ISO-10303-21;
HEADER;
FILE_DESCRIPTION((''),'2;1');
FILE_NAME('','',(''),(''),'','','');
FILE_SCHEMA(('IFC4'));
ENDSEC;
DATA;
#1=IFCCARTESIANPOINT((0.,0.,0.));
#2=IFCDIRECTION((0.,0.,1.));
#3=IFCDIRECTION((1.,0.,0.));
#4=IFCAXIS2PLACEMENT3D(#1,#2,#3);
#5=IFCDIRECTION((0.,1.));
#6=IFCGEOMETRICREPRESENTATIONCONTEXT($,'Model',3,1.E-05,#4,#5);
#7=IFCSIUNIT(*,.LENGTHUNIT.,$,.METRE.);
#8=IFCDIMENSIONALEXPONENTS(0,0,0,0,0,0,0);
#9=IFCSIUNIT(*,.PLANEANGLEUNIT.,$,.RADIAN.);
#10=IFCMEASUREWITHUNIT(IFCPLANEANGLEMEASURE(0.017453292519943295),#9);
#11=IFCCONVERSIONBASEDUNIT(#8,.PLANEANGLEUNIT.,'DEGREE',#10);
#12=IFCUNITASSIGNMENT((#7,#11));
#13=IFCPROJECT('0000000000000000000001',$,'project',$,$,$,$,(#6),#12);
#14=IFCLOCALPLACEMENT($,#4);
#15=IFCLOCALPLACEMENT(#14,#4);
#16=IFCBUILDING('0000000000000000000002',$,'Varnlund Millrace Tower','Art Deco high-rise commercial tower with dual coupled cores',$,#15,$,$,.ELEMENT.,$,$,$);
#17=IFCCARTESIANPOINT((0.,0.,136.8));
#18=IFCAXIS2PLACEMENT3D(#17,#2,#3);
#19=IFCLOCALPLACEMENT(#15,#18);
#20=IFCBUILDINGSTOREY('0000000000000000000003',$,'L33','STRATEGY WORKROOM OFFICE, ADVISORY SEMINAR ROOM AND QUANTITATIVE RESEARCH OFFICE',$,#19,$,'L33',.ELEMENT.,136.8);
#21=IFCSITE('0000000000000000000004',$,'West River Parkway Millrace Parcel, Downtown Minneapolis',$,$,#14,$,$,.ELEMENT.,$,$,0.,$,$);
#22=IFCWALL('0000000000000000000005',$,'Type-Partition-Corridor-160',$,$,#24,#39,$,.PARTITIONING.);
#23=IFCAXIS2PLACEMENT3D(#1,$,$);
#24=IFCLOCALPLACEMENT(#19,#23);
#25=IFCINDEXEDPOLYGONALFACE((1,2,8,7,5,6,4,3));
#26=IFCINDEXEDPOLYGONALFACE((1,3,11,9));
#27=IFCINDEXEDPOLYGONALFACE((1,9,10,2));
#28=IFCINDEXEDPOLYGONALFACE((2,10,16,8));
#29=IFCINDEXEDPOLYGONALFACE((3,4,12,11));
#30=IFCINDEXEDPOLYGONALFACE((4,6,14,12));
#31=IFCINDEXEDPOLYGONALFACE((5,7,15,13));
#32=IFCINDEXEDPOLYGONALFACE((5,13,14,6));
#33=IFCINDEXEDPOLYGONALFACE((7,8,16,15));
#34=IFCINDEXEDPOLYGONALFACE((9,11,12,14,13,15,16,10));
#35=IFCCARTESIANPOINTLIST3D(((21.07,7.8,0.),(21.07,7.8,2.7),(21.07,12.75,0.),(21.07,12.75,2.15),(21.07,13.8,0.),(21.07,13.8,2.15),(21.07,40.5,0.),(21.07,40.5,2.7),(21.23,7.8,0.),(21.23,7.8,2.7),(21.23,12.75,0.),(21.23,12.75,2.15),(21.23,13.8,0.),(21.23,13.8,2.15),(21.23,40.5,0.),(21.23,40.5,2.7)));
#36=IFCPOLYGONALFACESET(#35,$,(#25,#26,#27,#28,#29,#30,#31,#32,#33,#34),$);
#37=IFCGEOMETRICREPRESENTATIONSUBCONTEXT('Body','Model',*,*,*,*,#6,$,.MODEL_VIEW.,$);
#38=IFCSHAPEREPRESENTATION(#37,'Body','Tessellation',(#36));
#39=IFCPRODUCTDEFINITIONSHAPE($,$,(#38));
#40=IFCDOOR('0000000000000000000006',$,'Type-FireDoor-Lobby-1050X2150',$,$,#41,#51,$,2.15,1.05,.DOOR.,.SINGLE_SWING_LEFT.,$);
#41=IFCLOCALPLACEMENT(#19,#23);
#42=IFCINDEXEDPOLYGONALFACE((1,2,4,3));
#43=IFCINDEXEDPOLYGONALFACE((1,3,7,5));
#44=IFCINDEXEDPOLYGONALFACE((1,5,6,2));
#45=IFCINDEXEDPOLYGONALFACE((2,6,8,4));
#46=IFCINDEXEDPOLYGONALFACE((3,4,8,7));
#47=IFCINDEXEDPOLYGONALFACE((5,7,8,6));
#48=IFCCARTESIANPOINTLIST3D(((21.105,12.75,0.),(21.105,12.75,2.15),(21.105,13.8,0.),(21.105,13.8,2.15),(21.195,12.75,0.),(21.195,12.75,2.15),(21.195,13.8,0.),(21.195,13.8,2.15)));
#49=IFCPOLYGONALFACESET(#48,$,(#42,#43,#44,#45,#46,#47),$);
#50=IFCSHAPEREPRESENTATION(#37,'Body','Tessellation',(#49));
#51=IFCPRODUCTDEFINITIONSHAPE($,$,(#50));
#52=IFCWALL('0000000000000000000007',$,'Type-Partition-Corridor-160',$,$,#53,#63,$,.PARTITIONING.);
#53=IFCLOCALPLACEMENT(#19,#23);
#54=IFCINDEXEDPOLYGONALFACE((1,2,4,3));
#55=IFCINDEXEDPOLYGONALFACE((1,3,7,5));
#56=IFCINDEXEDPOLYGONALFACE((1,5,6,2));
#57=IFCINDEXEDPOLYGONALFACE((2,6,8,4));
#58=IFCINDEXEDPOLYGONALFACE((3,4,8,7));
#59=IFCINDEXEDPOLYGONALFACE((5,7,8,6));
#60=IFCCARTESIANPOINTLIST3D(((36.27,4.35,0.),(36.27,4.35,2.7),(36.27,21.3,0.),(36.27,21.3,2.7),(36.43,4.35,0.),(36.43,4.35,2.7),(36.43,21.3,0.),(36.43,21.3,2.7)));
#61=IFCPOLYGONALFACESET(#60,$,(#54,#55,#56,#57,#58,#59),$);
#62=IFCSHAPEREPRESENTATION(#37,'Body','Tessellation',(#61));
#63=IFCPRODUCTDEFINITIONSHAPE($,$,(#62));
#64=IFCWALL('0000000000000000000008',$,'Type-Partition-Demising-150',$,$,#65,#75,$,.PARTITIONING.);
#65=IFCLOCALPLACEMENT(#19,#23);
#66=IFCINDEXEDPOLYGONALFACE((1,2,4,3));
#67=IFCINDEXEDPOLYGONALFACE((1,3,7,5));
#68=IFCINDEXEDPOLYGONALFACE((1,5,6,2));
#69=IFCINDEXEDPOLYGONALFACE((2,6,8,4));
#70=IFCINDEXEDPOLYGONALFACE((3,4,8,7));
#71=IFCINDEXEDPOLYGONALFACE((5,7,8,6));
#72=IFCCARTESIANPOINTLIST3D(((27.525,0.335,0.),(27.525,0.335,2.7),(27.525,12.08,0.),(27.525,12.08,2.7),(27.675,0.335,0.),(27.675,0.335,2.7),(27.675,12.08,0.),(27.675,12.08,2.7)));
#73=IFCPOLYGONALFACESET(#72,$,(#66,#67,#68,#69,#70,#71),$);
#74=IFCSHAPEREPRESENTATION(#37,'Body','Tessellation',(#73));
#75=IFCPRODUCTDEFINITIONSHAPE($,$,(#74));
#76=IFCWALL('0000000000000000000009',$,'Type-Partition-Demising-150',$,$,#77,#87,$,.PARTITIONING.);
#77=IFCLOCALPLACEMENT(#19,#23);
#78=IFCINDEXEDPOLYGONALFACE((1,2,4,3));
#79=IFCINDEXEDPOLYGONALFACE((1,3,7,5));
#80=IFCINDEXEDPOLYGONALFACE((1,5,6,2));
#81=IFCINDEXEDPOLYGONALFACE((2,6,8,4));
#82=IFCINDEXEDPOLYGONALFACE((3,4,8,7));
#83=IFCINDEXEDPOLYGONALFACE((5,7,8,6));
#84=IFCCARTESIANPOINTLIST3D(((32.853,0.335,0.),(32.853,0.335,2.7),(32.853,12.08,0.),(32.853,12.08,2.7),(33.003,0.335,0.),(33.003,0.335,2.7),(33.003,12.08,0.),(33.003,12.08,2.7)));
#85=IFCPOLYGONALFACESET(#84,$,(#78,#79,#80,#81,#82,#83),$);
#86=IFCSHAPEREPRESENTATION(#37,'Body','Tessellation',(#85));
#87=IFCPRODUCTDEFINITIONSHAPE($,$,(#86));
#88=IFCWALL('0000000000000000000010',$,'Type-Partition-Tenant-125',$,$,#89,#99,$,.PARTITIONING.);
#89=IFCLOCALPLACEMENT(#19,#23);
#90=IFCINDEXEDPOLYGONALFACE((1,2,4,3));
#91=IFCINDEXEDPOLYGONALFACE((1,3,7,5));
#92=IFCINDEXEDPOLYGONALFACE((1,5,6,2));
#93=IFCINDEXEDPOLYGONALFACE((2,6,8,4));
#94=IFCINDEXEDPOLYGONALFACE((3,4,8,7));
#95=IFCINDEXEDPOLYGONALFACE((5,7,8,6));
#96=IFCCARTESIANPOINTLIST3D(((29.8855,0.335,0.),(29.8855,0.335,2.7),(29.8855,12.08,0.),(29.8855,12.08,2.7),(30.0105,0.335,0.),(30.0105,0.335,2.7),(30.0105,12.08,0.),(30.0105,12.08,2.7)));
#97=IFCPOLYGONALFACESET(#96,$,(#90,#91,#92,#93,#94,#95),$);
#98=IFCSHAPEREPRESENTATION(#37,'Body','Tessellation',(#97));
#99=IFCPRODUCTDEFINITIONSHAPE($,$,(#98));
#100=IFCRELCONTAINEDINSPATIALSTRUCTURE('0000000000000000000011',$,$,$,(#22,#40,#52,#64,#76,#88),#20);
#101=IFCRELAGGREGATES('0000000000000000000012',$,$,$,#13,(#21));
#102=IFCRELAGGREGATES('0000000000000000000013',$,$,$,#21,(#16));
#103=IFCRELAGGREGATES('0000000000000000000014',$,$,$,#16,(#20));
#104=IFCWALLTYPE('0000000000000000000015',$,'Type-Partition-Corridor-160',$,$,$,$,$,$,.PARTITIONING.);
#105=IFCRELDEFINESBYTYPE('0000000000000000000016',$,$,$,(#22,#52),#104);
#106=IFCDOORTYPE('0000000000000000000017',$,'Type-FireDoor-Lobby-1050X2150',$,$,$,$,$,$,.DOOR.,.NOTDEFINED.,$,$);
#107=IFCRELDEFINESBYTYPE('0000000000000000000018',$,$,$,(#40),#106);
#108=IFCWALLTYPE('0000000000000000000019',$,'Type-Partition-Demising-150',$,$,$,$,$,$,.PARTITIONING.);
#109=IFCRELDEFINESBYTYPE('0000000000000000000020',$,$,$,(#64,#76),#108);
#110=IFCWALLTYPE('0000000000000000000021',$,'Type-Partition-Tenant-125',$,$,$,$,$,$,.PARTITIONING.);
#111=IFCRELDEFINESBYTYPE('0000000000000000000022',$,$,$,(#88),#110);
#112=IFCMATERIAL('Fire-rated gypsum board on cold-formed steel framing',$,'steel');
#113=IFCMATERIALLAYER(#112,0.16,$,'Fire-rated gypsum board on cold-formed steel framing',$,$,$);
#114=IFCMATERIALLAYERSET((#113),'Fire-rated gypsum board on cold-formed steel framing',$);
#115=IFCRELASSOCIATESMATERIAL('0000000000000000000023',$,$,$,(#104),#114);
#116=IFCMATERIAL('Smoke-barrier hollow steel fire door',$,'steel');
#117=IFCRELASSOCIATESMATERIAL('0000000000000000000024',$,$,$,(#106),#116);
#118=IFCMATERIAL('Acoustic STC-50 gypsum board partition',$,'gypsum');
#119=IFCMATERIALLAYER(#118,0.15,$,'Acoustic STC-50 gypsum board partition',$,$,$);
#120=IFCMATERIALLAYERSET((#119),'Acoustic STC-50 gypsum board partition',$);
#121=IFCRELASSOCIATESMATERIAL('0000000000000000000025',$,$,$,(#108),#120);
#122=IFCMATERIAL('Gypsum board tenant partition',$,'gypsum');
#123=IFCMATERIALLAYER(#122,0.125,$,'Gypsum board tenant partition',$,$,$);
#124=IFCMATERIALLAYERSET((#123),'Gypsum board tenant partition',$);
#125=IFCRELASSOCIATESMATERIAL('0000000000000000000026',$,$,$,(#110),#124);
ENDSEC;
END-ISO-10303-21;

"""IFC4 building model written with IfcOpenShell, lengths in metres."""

from ifc_helpers import new_model, entity, si_unit, converted_unit, direction, frame, origin_with_axes, origin_2d_with_axis, place, context, subcontext, project, spatial, polyline, rectangle, outline, extrude, material, layer, layer_set, type_object, element, fill, save


model = new_model("IFC4")

# Units and contexts
model_context = context("Model", 3, precision=1e-05, world=origin_with_axes(), true_north=direction((0.0, 1.0)))
body_context = subcontext(model_context, "Body", "Model", "MODEL_VIEW")
ifc_project = project(units=[si_unit("LENGTHUNIT", "METRE"), converted_unit("PLANEANGLEUNIT", "DEGREE", entity("IfcPlaneAngleMeasure", 0.017453292519943295), si_unit("PLANEANGLEUNIT", "RADIAN"), dimensions=[0, 0, 0, 0, 0, 0, 0])], contexts=[model_context])

# Site, building, storey
site_placement = place(None, origin_with_axes())
site = spatial("IfcSite", under=ifc_project, at=site_placement, Name="West River Parkway Millrace Parcel, Downtown Minneapolis", CompositionType="ELEMENT", RefElevation=0.0)
building_placement = place(site_placement, origin_with_axes())
building = spatial("IfcBuilding", under=site, at=building_placement, Name="Varnlund Millrace Tower", Description="Art Deco high-rise commercial tower with dual coupled cores", CompositionType="ELEMENT")
storey_placement = place(building_placement, frame((0.0, 0.0, 136.8), z_axis=(0.0, 0.0, 1.0), x_axis=(1.0, 0.0, 0.0)))
storey = spatial("IfcBuildingStorey", under=building, at=storey_placement, Name="L33", Description="STRATEGY WORKROOM OFFICE, ADVISORY SEMINAR ROOM AND QUANTITATIVE RESEARCH OFFICE", LongName="L33", CompositionType="ELEMENT", Elevation=136.8)

# Wall, opening, door
ifc_material_1 = material(Name="Fire-rated gypsum board on cold-formed steel framing", Category="steel")
ifc_layer_1 = layer(ifc_material_1, 0.16, Name="Fire-rated gypsum board on cold-formed steel framing")
ifc_layer_set_1 = layer_set([ifc_layer_1], Name="Fire-rated gypsum board on cold-formed steel framing")
wall_type_1 = type_object("IfcWallType", Name="Type-Partition-Corridor-160", PredefinedType="PARTITIONING", material=ifc_layer_set_1)
wall_1_placement = place(storey_placement, frame((21.15, 7.8, 0.0), z_axis=(0.0, 0.0, 1.0), x_axis=(0.0, 1.0, 0.0)))
wall_1 = element("IfcWall", 1, at=wall_1_placement, inside=storey, type_object=wall_type_1, Name="Type-Partition-Corridor-160", PredefinedType="PARTITIONING", context=body_context, shape_type="SweptSolid", body=[
    extrude(outline(polyline([(0.0, -0.08), (32.7, -0.08), (32.7, 0.08), (0.0, 0.08), (0.0, -0.08)])), origin_with_axes(), (0.0, 0.0, 1.0), 2.7),
])
opening_placement = place(wall_1_placement, frame((5.475, 0.0, 0.0), z_axis=(0.0, 0.0, 1.0), x_axis=(1.0, 0.0, 0.0)))
opening = element("IfcOpeningElement", 2, at=opening_placement, cuts=wall_1, PredefinedType="OPENING", context=body_context, shape_type="SweptSolid", body=[
    extrude(rectangle(XDim=1.05, YDim=0.18, at=origin_2d_with_axis()), origin_with_axes(), (0.0, 0.0, 1.0), 2.15),
])
ifc_material_2 = material(Name="Smoke-barrier hollow steel fire door", Category="steel")
door_type = type_object("IfcDoorType", Name="Type-FireDoor-Lobby-1050X2150", OperationType="NOTDEFINED", PredefinedType="DOOR", material=ifc_material_2)
door_placement = place(wall_1_placement, frame((5.475, 0.0, 0.0), z_axis=(0.0, 0.0, 1.0), x_axis=(1.0, 0.0, 0.0)))
door = element("IfcDoor", 3, at=door_placement, inside=storey, type_object=door_type, Name="Type-FireDoor-Lobby-1050X2150", OperationType="SINGLE_SWING_LEFT", OverallHeight=2.15, OverallWidth=1.05, PredefinedType="DOOR", context=body_context, shape_type="SweptSolid", body=[
    extrude(rectangle(XDim=1.05, YDim=0.09, at=origin_2d_with_axis()), origin_with_axes(), (0.0, 0.0, 1.0), 2.15),
])
fill(opening, door)

# Walls
wall_2_placement = place(storey_placement, frame((36.35, 4.35, 0.0), z_axis=(0.0, 0.0, 1.0), x_axis=(0.0, 1.0, 0.0)))
element("IfcWall", 4, at=wall_2_placement, inside=storey, type_object=wall_type_1, Name="Type-Partition-Corridor-160", PredefinedType="PARTITIONING", context=body_context, shape_type="SweptSolid", body=[
    extrude(outline(polyline([(0.0, -0.08), (16.95, -0.08), (16.95, 0.08), (0.0, 0.08), (0.0, -0.08)])), origin_with_axes(), (0.0, 0.0, 1.0), 2.7),
])
ifc_material_3 = material(Name="Acoustic STC-50 gypsum board partition", Category="gypsum")
ifc_layer_2 = layer(ifc_material_3, 0.15, Name="Acoustic STC-50 gypsum board partition")
ifc_layer_set_2 = layer_set([ifc_layer_2], Name="Acoustic STC-50 gypsum board partition")
wall_type_2 = type_object("IfcWallType", Name="Type-Partition-Demising-150", PredefinedType="PARTITIONING", material=ifc_layer_set_2)
for number, where, z_axis, x_axis, name in (
    (5, (27.6, 0.335, 0.0), (0.0, 0.0, 1.0), (0.0, 1.0, 0.0), "Type-Partition-Demising-150"),
    (6, (32.928, 0.335, 0.0), (0.0, 0.0, 1.0), (0.0, 1.0, 0.0), "Type-Partition-Demising-150"),
):
    element("IfcWall", number, at=place(storey_placement, frame(where, z_axis=z_axis, x_axis=x_axis)), inside=storey, type_object=wall_type_2, Name=name, PredefinedType="PARTITIONING", context=body_context, shape_type="SweptSolid", body=[
        extrude(outline(polyline([(0.0, -0.075), (11.745, -0.075), (11.745, 0.075), (0.0, 0.075), (0.0, -0.075)])), origin_with_axes(), (0.0, 0.0, 1.0), 2.7),
    ])
ifc_material_4 = material(Name="Gypsum board tenant partition", Category="gypsum")
ifc_layer_3 = layer(ifc_material_4, 0.125, Name="Gypsum board tenant partition")
ifc_layer_set_3 = layer_set([ifc_layer_3], Name="Gypsum board tenant partition")
wall_type_3 = type_object("IfcWallType", Name="Type-Partition-Tenant-125", PredefinedType="PARTITIONING", material=ifc_layer_set_3)
wall_3_placement = place(storey_placement, frame((29.948, 0.335, 0.0), z_axis=(0.0, 0.0, 1.0), x_axis=(0.0, 1.0, 0.0)))
element("IfcWall", 7, at=wall_3_placement, inside=storey, type_object=wall_type_3, Name="Type-Partition-Tenant-125", PredefinedType="PARTITIONING", context=body_context, shape_type="SweptSolid", body=[
    extrude(outline(polyline([(0.0, -0.0625), (11.745, -0.0625), (11.745, 0.0625), (0.0, 0.0625), (0.0, -0.0625)])), origin_with_axes(), (0.0, 0.0, 1.0), 2.7),
])

save(model, "model.ifc")
